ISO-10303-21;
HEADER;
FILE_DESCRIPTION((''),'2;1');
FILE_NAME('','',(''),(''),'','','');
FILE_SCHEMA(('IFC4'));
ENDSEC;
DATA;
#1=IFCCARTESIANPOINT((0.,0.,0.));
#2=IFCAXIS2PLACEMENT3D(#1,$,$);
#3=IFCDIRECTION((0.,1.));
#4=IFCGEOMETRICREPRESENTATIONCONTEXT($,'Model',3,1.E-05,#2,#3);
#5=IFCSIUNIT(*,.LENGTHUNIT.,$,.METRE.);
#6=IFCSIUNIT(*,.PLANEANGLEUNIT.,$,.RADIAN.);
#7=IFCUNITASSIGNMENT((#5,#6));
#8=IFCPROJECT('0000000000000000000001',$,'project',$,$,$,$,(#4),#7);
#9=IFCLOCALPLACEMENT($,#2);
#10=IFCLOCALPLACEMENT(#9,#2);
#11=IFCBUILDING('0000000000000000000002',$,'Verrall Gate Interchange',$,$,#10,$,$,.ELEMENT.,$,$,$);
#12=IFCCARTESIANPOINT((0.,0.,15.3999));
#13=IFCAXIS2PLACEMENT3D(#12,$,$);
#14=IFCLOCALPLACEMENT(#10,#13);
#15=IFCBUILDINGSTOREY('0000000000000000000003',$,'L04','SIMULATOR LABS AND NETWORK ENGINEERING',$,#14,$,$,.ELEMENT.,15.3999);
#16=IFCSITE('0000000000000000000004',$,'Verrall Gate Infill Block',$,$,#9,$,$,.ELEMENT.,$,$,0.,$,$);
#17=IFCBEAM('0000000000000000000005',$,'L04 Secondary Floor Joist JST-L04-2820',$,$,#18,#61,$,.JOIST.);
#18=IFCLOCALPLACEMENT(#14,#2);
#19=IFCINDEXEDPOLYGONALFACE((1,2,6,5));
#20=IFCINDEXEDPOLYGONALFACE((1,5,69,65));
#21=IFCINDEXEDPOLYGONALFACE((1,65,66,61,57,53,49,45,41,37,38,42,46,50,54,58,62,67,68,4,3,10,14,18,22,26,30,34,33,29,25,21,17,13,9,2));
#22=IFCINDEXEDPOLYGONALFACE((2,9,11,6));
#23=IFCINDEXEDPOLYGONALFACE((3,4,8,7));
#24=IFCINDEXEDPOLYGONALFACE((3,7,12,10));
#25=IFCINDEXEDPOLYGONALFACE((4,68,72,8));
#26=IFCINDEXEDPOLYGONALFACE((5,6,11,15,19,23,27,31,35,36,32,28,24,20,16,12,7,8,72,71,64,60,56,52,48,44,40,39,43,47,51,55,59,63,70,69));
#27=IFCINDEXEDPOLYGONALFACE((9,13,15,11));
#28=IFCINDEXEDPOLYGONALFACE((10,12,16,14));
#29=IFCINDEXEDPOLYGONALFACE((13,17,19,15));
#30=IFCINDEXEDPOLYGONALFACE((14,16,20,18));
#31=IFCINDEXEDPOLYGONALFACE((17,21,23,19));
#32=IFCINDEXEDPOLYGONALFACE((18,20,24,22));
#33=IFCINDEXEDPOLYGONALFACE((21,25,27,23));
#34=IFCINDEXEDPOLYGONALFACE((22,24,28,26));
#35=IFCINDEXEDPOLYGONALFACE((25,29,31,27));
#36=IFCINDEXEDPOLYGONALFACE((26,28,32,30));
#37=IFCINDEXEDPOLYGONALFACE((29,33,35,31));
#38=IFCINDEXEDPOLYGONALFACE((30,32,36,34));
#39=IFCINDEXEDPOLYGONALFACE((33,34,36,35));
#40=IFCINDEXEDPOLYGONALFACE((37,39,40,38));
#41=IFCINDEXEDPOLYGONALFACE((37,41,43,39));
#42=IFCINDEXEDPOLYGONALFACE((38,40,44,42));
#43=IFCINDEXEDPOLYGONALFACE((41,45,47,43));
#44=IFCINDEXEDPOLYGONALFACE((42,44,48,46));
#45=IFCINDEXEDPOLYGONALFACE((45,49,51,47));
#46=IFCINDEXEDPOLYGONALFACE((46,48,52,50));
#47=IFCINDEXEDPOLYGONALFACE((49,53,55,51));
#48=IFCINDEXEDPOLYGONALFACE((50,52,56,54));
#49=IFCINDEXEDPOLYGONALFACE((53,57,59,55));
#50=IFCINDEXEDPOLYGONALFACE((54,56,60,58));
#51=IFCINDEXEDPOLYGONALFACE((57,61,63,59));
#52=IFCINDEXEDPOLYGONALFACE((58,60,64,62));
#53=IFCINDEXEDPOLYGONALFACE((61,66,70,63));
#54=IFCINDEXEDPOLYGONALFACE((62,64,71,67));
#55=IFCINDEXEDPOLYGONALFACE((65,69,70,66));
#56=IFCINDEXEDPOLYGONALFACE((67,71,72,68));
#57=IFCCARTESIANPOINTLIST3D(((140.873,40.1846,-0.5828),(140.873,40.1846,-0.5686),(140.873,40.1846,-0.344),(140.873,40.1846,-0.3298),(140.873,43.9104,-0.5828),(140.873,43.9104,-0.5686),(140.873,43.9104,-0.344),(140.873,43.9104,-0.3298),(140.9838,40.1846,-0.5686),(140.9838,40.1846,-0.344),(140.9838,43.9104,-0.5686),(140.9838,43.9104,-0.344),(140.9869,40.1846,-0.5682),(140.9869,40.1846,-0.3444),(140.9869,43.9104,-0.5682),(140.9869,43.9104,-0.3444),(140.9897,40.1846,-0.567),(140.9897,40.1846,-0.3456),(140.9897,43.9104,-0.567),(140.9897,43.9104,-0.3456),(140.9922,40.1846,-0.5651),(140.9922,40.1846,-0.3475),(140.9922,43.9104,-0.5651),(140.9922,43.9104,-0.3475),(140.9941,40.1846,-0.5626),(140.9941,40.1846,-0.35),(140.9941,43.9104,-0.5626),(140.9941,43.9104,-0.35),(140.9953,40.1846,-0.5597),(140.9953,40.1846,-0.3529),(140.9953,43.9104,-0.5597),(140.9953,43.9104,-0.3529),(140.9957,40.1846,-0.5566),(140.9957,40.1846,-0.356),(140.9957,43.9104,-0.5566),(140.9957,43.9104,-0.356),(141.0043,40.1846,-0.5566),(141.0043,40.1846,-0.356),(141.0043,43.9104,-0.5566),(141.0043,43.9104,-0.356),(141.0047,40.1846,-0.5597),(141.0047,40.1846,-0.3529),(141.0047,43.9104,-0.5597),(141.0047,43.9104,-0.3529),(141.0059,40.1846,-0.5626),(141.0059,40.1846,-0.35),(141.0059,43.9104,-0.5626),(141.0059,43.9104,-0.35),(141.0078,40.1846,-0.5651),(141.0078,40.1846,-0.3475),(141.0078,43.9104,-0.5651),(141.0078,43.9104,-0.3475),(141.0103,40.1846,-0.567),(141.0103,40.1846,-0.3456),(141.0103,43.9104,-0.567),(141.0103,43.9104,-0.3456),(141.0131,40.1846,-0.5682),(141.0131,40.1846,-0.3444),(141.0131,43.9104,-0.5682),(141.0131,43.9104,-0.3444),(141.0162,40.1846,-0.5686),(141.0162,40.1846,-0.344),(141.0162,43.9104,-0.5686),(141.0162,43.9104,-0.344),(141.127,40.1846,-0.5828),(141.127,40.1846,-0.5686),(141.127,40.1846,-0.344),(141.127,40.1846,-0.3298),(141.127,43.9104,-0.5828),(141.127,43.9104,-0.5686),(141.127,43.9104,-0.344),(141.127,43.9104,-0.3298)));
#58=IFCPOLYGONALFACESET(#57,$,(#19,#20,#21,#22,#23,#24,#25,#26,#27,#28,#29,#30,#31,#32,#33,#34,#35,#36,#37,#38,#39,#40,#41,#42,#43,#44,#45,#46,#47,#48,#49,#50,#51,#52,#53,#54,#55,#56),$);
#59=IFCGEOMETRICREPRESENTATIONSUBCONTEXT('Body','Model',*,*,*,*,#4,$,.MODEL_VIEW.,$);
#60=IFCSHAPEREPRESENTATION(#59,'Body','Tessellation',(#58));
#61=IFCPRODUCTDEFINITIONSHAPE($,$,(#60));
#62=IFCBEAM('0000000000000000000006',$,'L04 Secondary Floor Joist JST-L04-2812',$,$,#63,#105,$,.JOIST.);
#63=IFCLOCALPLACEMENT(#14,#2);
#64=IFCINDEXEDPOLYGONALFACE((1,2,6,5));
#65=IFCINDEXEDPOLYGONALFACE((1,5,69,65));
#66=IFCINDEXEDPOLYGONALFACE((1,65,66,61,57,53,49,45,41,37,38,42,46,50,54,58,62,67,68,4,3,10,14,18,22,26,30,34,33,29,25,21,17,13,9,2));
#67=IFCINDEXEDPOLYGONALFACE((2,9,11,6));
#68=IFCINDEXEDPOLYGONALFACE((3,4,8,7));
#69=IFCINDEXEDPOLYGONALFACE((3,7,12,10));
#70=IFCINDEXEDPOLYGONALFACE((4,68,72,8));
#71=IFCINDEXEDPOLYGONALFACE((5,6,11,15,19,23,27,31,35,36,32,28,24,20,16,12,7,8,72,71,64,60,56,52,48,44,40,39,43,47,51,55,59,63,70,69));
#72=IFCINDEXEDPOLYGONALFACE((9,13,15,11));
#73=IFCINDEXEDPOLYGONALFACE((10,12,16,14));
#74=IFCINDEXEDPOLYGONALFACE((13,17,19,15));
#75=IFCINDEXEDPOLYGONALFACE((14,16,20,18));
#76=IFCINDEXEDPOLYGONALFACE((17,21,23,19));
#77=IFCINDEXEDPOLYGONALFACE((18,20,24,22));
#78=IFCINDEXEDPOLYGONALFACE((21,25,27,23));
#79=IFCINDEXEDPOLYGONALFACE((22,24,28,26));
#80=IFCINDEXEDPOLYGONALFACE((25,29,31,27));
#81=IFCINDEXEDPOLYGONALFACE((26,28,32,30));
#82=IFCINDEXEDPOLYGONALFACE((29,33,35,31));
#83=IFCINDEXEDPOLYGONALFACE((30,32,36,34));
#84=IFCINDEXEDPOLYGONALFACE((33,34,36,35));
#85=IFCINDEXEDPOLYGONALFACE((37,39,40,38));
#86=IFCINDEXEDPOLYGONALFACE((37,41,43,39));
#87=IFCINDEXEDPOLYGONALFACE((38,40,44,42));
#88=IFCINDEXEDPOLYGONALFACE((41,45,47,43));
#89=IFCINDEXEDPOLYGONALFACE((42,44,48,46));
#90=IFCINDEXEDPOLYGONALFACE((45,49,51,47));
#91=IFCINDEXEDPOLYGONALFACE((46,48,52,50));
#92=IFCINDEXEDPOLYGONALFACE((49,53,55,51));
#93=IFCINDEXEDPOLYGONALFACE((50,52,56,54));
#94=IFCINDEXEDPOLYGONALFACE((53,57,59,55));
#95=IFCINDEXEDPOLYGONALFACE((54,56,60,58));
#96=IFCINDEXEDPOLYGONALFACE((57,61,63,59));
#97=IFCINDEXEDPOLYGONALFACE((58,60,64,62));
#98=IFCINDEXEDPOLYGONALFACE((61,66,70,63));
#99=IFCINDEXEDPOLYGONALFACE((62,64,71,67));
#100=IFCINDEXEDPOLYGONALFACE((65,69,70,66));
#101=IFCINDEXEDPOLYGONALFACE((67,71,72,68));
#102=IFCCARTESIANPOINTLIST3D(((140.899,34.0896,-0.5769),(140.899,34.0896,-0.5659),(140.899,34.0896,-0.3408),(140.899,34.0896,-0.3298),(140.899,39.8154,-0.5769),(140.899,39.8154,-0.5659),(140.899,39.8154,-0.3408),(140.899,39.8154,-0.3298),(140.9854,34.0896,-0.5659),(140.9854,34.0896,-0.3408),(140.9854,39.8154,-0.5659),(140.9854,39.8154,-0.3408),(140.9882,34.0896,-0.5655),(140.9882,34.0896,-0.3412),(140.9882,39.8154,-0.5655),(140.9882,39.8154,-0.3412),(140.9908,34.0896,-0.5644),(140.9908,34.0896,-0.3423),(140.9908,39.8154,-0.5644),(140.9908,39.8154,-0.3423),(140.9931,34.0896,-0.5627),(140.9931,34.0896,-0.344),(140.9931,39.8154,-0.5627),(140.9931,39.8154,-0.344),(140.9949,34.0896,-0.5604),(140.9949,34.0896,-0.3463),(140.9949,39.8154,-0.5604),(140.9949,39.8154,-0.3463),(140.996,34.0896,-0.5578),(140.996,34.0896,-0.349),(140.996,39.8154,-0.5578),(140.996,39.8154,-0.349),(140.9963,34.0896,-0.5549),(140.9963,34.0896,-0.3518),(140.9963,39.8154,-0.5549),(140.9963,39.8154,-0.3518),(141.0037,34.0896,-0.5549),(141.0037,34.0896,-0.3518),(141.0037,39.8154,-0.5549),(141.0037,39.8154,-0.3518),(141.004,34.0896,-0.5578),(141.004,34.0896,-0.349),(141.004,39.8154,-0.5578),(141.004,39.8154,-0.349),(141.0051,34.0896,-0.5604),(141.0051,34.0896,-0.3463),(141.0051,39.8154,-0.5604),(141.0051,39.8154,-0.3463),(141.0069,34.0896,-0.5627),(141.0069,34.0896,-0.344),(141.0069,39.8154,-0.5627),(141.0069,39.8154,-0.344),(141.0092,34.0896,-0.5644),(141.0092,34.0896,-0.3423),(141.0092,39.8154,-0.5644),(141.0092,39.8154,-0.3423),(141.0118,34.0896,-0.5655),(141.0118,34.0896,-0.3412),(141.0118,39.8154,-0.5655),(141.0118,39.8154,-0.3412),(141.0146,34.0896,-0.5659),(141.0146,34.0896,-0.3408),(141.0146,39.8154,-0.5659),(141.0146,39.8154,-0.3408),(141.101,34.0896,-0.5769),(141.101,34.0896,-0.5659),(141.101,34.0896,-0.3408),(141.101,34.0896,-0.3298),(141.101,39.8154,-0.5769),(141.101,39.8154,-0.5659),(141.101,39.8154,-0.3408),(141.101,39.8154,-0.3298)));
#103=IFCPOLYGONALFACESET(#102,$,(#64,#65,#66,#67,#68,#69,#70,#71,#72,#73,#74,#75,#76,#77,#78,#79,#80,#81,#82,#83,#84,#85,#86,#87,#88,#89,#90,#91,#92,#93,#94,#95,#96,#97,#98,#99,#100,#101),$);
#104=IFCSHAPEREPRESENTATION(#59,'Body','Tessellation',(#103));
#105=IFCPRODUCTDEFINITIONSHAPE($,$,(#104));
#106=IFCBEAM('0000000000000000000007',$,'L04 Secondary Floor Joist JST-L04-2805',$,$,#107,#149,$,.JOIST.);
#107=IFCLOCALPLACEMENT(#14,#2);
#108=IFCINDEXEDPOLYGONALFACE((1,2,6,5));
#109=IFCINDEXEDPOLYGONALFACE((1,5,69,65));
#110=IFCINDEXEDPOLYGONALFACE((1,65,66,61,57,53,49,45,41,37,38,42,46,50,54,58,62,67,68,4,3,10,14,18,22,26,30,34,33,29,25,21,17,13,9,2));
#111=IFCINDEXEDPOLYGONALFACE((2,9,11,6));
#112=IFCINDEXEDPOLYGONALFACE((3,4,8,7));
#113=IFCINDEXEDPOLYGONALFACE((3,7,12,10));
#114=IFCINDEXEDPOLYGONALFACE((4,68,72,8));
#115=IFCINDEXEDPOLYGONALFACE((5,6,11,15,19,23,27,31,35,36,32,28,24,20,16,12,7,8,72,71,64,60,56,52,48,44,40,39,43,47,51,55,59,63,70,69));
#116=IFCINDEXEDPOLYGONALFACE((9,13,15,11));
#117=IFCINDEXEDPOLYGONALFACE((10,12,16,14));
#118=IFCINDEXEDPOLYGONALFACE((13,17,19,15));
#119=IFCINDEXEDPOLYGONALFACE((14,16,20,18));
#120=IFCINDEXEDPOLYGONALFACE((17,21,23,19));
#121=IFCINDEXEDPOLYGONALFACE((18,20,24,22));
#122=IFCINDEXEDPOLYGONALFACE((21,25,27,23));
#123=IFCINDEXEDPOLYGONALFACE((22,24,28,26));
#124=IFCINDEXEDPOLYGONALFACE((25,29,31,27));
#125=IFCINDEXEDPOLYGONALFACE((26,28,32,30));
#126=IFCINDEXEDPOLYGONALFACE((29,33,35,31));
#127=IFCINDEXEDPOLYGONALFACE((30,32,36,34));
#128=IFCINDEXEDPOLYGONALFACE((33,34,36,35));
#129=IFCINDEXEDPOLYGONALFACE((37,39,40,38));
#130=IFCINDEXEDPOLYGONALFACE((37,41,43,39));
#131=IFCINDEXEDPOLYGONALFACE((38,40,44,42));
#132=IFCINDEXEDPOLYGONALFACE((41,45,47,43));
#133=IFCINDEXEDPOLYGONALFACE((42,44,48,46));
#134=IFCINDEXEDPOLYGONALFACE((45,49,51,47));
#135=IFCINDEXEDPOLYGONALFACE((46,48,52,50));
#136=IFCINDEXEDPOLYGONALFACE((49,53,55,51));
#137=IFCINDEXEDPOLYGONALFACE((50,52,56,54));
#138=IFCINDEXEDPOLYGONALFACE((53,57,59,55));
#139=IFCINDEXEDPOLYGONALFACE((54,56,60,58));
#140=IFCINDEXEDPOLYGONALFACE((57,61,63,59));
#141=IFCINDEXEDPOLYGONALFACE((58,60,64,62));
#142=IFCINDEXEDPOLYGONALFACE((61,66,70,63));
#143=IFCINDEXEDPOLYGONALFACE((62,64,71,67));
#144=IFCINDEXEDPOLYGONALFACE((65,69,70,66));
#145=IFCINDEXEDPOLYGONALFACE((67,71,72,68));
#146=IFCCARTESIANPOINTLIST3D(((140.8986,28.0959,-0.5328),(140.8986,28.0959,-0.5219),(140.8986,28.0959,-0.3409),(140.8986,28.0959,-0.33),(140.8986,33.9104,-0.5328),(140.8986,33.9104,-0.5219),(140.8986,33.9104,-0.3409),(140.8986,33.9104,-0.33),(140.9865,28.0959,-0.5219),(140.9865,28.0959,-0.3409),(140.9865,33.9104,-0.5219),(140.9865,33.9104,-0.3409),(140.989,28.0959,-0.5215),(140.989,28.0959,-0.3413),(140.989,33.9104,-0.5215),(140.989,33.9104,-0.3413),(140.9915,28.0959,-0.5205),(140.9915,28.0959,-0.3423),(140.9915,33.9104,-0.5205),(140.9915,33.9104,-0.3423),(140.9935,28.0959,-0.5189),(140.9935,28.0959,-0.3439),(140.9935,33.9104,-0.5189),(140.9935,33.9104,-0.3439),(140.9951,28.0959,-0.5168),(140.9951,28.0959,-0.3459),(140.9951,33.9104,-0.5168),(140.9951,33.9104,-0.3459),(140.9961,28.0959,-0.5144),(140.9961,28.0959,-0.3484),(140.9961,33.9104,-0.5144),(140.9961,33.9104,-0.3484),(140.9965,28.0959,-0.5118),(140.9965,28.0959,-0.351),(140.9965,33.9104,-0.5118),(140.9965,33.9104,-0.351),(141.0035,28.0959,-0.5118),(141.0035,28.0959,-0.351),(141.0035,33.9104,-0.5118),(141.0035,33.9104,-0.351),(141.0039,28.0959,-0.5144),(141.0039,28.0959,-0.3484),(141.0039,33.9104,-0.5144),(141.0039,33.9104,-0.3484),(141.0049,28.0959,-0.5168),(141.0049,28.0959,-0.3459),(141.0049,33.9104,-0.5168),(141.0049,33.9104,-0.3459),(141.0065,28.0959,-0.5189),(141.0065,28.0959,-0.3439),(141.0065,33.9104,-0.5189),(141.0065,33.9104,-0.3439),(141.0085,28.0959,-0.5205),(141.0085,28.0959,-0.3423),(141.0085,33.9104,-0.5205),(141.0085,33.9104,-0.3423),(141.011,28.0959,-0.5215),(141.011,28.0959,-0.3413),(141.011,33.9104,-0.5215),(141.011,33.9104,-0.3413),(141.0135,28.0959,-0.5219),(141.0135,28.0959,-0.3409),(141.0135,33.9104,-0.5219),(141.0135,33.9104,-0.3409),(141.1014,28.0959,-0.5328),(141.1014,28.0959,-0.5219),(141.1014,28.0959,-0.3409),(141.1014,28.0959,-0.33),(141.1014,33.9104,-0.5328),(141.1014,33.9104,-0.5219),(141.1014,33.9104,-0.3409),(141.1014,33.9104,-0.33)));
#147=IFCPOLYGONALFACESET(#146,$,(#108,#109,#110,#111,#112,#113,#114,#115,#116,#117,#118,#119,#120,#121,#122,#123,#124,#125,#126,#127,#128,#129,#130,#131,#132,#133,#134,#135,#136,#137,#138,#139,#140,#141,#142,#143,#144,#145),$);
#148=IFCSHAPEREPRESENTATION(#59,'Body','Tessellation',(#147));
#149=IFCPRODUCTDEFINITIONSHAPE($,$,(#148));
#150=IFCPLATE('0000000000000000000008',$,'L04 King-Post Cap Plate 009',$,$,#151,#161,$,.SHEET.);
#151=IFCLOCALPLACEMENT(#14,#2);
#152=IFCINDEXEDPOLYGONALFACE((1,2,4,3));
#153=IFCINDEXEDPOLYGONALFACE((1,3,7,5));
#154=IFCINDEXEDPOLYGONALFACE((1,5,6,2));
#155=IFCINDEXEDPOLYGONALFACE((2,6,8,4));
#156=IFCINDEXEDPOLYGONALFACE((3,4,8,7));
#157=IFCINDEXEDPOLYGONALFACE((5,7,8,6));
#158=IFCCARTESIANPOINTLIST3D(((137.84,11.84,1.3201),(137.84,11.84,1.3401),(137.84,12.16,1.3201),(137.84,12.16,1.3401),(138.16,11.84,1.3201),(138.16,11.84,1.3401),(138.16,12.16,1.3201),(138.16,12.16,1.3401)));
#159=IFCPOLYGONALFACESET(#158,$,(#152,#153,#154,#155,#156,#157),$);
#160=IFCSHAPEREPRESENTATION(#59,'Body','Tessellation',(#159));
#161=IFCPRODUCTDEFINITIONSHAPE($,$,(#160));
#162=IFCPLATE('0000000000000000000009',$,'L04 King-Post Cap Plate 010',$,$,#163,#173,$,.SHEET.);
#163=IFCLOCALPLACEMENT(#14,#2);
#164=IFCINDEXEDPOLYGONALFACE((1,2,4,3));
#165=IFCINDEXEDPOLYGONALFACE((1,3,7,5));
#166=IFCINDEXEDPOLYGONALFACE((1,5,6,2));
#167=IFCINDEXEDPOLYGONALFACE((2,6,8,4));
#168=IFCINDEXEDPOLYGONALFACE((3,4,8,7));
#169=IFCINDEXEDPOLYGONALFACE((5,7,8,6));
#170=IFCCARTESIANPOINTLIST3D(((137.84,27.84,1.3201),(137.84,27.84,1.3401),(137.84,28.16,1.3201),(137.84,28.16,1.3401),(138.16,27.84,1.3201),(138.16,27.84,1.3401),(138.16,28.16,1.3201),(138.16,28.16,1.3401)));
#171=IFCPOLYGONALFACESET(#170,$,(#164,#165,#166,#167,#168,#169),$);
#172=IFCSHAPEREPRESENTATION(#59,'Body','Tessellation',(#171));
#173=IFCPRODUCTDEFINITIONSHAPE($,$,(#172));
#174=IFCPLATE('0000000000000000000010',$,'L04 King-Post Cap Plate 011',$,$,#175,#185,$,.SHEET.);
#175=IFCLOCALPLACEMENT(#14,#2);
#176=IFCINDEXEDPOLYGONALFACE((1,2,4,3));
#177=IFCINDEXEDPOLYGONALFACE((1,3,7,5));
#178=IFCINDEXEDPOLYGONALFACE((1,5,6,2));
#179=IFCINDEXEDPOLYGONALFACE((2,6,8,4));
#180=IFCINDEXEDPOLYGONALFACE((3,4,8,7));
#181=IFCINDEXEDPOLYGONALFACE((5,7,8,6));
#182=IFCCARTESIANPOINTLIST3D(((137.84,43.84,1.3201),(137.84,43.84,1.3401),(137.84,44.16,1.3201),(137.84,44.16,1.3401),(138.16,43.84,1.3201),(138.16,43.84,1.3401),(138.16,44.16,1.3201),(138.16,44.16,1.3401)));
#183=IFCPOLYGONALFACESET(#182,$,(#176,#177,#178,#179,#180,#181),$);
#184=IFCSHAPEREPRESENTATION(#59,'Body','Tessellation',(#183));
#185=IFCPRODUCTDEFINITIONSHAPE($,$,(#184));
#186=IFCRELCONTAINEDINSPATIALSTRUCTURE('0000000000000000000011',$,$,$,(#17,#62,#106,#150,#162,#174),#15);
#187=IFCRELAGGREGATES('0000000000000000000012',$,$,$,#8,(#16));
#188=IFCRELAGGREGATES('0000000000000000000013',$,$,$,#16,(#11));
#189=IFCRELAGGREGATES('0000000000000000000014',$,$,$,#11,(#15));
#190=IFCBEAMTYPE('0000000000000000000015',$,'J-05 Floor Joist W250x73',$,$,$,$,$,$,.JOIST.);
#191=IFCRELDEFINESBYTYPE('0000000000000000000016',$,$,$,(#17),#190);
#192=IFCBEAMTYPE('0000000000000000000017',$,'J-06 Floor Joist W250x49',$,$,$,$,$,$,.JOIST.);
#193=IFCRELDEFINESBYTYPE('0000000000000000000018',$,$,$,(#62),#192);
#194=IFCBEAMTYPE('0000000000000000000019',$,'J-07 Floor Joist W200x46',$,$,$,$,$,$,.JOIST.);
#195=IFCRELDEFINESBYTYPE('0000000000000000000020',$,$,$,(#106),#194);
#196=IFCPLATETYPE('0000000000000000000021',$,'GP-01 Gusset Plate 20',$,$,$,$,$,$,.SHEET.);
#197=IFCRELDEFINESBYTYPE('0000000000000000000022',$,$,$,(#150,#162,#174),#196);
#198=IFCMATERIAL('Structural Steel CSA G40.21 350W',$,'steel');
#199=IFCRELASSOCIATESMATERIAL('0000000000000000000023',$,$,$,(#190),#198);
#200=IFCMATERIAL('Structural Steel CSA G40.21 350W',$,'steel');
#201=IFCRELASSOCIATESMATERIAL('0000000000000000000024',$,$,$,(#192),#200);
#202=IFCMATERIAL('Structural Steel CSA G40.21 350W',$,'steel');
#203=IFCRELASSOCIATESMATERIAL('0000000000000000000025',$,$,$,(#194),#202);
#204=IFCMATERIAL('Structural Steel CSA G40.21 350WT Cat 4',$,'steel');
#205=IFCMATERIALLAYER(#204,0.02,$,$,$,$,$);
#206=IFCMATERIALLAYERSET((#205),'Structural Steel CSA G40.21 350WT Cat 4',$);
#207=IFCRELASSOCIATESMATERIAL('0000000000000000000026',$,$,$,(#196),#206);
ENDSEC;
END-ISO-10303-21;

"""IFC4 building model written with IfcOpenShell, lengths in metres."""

from ifc_helpers import new_model, si_unit, direction, frame, origin, origin_2d, place, context, subcontext, project, spatial, rectangle, i_section, extrude, material, layer, layer_set, material_profile, profile_set, type_object, element, save


model = new_model("IFC4")

# Units and contexts
model_context = context("Model", 3, precision=1e-05, world=origin(), true_north=direction((0.0, 1.0)))
body_context = subcontext(model_context, "Body", "Model", "MODEL_VIEW")
ifc_project = project(units=[si_unit("LENGTHUNIT", "METRE"), si_unit("PLANEANGLEUNIT", "RADIAN")], contexts=[model_context])

# Site, building, storey
site_placement = place(None, origin())
site = spatial("IfcSite", under=ifc_project, at=site_placement, Name="Verrall Gate Infill Block", CompositionType="ELEMENT", RefElevation=0.0)
building_placement = place(site_placement, origin())
building = spatial("IfcBuilding", under=site, at=building_placement, Name="Verrall Gate Interchange", CompositionType="ELEMENT")
storey_placement = place(building_placement, frame((0.0, 0.0, 15.3999)))
storey = spatial("IfcBuildingStorey", under=building, at=storey_placement, Name="L04", Description="SIMULATOR LABS AND NETWORK ENGINEERING", CompositionType="ELEMENT", Elevation=15.3999)

# Beams
ifc_material_1 = material(Name="Structural Steel CSA G40.21 350W", Category="steel")
ifc_material_profile_1 = material_profile(ifc_material_1, i_section(OverallWidth=0.2539, OverallDepth=0.2529, WebThickness=0.0085, FlangeThickness=0.0142, FilletRadius=0.012, at=origin_2d()), Name="W250x73")
ifc_profile_set_1 = profile_set([ifc_material_profile_1], Name="Structural Steel CSA G40.21 350W")
beam_type_1 = type_object("IfcBeamType", Name="J-05 Floor Joist W250x73", PredefinedType="JOIST", material=ifc_profile_set_1)
beam_1_placement = place(storey_placement, frame((141.0, 40.1846, -0.4563), z_axis=(0.0, 1.0, 0.0), x_axis=(-1.0, 0.0, 0.0)))
element("IfcBeam", 1, at=beam_1_placement, inside=storey, type_object=beam_type_1, Name="L04 Secondary Floor Joist JST-L04-2820", PredefinedType="JOIST", context=body_context, shape_type="SweptSolid", body=[
    extrude(i_section(OverallWidth=0.2539, OverallDepth=0.2529, WebThickness=0.0085, FlangeThickness=0.0142, FilletRadius=0.012, at=origin_2d()), origin(), (0.0, 0.0, 1.0), 3.7258),
])
ifc_material_2 = material(Name="Structural Steel CSA G40.21 350W", Category="steel")
ifc_material_profile_2 = material_profile(ifc_material_2, i_section(OverallWidth=0.2019, OverallDepth=0.2471, WebThickness=0.0073, FlangeThickness=0.011, FilletRadius=0.011, at=origin_2d()), Name="W250x49")
ifc_profile_set_2 = profile_set([ifc_material_profile_2], Name="Structural Steel CSA G40.21 350W")
beam_type_2 = type_object("IfcBeamType", Name="J-06 Floor Joist W250x49", PredefinedType="JOIST", material=ifc_profile_set_2)
beam_2_placement = place(storey_placement, frame((141.0, 34.0896, -0.4534), z_axis=(0.0, 1.0, 0.0), x_axis=(-1.0, 0.0, 0.0)))
element("IfcBeam", 2, at=beam_2_placement, inside=storey, type_object=beam_type_2, Name="L04 Secondary Floor Joist JST-L04-2812", PredefinedType="JOIST", context=body_context, shape_type="SweptSolid", body=[
    extrude(i_section(OverallWidth=0.2019, OverallDepth=0.2471, WebThickness=0.0073, FlangeThickness=0.011, FilletRadius=0.011, at=origin_2d()), origin(), (0.0, 0.0, 1.0), 5.7258),
])
ifc_material_3 = material(Name="Structural Steel CSA G40.21 350W", Category="steel")
ifc_material_profile_3 = material_profile(ifc_material_3, i_section(OverallWidth=0.2029, OverallDepth=0.2029, WebThickness=0.0071, FlangeThickness=0.011, FilletRadius=0.01, at=origin_2d()), Name="W200x46")
ifc_profile_set_3 = profile_set([ifc_material_profile_3], Name="Structural Steel CSA G40.21 350W")
beam_type_3 = type_object("IfcBeamType", Name="J-07 Floor Joist W200x46", PredefinedType="JOIST", material=ifc_profile_set_3)
beam_3_placement = place(storey_placement, frame((141.0, 28.0959, -0.4314), z_axis=(0.0, 1.0, 0.0), x_axis=(-1.0, 0.0, 0.0)))
element("IfcBeam", 3, at=beam_3_placement, inside=storey, type_object=beam_type_3, Name="L04 Secondary Floor Joist JST-L04-2805", PredefinedType="JOIST", context=body_context, shape_type="SweptSolid", body=[
    extrude(i_section(OverallWidth=0.2029, OverallDepth=0.2029, WebThickness=0.0071, FlangeThickness=0.011, FilletRadius=0.01, at=origin_2d()), origin(), (0.0, 0.0, 1.0), 5.8145),
])

# Plates
ifc_material_4 = material(Name="Structural Steel CSA G40.21 350WT Cat 4", Category="steel")
ifc_layer_1 = layer(ifc_material_4, 0.02)
ifc_layer_set_1 = layer_set([ifc_layer_1], Name="Structural Steel CSA G40.21 350WT Cat 4")
plate_type = type_object("IfcPlateType", Name="GP-01 Gusset Plate 20", PredefinedType="SHEET", material=ifc_layer_set_1)
for number, where, z_axis, x_axis, name in (
    (4, (138.0, 12.0, 1.3201), (0.0, 0.0, 1.0), (1.0, 0.0, 0.0), "L04 King-Post Cap Plate 009"),
    (5, (138.0, 28.0, 1.3201), (0.0, 0.0, 1.0), (1.0, 0.0, 0.0), "L04 King-Post Cap Plate 010"),
    (6, (138.0, 44.0, 1.3201), (0.0, 0.0, 1.0), (1.0, 0.0, 0.0), "L04 King-Post Cap Plate 011"),
):
    element("IfcPlate", number, at=place(storey_placement, frame(where, z_axis=z_axis, x_axis=x_axis)), inside=storey, type_object=plate_type, Name=name, PredefinedType="SHEET", context=body_context, shape_type="SweptSolid", body=[
        extrude(rectangle(XDim=0.3201, YDim=0.3201, at=origin_2d()), origin(), (0.0, 0.0, 1.0), 0.02),
    ])

save(model, "model.ifc")
